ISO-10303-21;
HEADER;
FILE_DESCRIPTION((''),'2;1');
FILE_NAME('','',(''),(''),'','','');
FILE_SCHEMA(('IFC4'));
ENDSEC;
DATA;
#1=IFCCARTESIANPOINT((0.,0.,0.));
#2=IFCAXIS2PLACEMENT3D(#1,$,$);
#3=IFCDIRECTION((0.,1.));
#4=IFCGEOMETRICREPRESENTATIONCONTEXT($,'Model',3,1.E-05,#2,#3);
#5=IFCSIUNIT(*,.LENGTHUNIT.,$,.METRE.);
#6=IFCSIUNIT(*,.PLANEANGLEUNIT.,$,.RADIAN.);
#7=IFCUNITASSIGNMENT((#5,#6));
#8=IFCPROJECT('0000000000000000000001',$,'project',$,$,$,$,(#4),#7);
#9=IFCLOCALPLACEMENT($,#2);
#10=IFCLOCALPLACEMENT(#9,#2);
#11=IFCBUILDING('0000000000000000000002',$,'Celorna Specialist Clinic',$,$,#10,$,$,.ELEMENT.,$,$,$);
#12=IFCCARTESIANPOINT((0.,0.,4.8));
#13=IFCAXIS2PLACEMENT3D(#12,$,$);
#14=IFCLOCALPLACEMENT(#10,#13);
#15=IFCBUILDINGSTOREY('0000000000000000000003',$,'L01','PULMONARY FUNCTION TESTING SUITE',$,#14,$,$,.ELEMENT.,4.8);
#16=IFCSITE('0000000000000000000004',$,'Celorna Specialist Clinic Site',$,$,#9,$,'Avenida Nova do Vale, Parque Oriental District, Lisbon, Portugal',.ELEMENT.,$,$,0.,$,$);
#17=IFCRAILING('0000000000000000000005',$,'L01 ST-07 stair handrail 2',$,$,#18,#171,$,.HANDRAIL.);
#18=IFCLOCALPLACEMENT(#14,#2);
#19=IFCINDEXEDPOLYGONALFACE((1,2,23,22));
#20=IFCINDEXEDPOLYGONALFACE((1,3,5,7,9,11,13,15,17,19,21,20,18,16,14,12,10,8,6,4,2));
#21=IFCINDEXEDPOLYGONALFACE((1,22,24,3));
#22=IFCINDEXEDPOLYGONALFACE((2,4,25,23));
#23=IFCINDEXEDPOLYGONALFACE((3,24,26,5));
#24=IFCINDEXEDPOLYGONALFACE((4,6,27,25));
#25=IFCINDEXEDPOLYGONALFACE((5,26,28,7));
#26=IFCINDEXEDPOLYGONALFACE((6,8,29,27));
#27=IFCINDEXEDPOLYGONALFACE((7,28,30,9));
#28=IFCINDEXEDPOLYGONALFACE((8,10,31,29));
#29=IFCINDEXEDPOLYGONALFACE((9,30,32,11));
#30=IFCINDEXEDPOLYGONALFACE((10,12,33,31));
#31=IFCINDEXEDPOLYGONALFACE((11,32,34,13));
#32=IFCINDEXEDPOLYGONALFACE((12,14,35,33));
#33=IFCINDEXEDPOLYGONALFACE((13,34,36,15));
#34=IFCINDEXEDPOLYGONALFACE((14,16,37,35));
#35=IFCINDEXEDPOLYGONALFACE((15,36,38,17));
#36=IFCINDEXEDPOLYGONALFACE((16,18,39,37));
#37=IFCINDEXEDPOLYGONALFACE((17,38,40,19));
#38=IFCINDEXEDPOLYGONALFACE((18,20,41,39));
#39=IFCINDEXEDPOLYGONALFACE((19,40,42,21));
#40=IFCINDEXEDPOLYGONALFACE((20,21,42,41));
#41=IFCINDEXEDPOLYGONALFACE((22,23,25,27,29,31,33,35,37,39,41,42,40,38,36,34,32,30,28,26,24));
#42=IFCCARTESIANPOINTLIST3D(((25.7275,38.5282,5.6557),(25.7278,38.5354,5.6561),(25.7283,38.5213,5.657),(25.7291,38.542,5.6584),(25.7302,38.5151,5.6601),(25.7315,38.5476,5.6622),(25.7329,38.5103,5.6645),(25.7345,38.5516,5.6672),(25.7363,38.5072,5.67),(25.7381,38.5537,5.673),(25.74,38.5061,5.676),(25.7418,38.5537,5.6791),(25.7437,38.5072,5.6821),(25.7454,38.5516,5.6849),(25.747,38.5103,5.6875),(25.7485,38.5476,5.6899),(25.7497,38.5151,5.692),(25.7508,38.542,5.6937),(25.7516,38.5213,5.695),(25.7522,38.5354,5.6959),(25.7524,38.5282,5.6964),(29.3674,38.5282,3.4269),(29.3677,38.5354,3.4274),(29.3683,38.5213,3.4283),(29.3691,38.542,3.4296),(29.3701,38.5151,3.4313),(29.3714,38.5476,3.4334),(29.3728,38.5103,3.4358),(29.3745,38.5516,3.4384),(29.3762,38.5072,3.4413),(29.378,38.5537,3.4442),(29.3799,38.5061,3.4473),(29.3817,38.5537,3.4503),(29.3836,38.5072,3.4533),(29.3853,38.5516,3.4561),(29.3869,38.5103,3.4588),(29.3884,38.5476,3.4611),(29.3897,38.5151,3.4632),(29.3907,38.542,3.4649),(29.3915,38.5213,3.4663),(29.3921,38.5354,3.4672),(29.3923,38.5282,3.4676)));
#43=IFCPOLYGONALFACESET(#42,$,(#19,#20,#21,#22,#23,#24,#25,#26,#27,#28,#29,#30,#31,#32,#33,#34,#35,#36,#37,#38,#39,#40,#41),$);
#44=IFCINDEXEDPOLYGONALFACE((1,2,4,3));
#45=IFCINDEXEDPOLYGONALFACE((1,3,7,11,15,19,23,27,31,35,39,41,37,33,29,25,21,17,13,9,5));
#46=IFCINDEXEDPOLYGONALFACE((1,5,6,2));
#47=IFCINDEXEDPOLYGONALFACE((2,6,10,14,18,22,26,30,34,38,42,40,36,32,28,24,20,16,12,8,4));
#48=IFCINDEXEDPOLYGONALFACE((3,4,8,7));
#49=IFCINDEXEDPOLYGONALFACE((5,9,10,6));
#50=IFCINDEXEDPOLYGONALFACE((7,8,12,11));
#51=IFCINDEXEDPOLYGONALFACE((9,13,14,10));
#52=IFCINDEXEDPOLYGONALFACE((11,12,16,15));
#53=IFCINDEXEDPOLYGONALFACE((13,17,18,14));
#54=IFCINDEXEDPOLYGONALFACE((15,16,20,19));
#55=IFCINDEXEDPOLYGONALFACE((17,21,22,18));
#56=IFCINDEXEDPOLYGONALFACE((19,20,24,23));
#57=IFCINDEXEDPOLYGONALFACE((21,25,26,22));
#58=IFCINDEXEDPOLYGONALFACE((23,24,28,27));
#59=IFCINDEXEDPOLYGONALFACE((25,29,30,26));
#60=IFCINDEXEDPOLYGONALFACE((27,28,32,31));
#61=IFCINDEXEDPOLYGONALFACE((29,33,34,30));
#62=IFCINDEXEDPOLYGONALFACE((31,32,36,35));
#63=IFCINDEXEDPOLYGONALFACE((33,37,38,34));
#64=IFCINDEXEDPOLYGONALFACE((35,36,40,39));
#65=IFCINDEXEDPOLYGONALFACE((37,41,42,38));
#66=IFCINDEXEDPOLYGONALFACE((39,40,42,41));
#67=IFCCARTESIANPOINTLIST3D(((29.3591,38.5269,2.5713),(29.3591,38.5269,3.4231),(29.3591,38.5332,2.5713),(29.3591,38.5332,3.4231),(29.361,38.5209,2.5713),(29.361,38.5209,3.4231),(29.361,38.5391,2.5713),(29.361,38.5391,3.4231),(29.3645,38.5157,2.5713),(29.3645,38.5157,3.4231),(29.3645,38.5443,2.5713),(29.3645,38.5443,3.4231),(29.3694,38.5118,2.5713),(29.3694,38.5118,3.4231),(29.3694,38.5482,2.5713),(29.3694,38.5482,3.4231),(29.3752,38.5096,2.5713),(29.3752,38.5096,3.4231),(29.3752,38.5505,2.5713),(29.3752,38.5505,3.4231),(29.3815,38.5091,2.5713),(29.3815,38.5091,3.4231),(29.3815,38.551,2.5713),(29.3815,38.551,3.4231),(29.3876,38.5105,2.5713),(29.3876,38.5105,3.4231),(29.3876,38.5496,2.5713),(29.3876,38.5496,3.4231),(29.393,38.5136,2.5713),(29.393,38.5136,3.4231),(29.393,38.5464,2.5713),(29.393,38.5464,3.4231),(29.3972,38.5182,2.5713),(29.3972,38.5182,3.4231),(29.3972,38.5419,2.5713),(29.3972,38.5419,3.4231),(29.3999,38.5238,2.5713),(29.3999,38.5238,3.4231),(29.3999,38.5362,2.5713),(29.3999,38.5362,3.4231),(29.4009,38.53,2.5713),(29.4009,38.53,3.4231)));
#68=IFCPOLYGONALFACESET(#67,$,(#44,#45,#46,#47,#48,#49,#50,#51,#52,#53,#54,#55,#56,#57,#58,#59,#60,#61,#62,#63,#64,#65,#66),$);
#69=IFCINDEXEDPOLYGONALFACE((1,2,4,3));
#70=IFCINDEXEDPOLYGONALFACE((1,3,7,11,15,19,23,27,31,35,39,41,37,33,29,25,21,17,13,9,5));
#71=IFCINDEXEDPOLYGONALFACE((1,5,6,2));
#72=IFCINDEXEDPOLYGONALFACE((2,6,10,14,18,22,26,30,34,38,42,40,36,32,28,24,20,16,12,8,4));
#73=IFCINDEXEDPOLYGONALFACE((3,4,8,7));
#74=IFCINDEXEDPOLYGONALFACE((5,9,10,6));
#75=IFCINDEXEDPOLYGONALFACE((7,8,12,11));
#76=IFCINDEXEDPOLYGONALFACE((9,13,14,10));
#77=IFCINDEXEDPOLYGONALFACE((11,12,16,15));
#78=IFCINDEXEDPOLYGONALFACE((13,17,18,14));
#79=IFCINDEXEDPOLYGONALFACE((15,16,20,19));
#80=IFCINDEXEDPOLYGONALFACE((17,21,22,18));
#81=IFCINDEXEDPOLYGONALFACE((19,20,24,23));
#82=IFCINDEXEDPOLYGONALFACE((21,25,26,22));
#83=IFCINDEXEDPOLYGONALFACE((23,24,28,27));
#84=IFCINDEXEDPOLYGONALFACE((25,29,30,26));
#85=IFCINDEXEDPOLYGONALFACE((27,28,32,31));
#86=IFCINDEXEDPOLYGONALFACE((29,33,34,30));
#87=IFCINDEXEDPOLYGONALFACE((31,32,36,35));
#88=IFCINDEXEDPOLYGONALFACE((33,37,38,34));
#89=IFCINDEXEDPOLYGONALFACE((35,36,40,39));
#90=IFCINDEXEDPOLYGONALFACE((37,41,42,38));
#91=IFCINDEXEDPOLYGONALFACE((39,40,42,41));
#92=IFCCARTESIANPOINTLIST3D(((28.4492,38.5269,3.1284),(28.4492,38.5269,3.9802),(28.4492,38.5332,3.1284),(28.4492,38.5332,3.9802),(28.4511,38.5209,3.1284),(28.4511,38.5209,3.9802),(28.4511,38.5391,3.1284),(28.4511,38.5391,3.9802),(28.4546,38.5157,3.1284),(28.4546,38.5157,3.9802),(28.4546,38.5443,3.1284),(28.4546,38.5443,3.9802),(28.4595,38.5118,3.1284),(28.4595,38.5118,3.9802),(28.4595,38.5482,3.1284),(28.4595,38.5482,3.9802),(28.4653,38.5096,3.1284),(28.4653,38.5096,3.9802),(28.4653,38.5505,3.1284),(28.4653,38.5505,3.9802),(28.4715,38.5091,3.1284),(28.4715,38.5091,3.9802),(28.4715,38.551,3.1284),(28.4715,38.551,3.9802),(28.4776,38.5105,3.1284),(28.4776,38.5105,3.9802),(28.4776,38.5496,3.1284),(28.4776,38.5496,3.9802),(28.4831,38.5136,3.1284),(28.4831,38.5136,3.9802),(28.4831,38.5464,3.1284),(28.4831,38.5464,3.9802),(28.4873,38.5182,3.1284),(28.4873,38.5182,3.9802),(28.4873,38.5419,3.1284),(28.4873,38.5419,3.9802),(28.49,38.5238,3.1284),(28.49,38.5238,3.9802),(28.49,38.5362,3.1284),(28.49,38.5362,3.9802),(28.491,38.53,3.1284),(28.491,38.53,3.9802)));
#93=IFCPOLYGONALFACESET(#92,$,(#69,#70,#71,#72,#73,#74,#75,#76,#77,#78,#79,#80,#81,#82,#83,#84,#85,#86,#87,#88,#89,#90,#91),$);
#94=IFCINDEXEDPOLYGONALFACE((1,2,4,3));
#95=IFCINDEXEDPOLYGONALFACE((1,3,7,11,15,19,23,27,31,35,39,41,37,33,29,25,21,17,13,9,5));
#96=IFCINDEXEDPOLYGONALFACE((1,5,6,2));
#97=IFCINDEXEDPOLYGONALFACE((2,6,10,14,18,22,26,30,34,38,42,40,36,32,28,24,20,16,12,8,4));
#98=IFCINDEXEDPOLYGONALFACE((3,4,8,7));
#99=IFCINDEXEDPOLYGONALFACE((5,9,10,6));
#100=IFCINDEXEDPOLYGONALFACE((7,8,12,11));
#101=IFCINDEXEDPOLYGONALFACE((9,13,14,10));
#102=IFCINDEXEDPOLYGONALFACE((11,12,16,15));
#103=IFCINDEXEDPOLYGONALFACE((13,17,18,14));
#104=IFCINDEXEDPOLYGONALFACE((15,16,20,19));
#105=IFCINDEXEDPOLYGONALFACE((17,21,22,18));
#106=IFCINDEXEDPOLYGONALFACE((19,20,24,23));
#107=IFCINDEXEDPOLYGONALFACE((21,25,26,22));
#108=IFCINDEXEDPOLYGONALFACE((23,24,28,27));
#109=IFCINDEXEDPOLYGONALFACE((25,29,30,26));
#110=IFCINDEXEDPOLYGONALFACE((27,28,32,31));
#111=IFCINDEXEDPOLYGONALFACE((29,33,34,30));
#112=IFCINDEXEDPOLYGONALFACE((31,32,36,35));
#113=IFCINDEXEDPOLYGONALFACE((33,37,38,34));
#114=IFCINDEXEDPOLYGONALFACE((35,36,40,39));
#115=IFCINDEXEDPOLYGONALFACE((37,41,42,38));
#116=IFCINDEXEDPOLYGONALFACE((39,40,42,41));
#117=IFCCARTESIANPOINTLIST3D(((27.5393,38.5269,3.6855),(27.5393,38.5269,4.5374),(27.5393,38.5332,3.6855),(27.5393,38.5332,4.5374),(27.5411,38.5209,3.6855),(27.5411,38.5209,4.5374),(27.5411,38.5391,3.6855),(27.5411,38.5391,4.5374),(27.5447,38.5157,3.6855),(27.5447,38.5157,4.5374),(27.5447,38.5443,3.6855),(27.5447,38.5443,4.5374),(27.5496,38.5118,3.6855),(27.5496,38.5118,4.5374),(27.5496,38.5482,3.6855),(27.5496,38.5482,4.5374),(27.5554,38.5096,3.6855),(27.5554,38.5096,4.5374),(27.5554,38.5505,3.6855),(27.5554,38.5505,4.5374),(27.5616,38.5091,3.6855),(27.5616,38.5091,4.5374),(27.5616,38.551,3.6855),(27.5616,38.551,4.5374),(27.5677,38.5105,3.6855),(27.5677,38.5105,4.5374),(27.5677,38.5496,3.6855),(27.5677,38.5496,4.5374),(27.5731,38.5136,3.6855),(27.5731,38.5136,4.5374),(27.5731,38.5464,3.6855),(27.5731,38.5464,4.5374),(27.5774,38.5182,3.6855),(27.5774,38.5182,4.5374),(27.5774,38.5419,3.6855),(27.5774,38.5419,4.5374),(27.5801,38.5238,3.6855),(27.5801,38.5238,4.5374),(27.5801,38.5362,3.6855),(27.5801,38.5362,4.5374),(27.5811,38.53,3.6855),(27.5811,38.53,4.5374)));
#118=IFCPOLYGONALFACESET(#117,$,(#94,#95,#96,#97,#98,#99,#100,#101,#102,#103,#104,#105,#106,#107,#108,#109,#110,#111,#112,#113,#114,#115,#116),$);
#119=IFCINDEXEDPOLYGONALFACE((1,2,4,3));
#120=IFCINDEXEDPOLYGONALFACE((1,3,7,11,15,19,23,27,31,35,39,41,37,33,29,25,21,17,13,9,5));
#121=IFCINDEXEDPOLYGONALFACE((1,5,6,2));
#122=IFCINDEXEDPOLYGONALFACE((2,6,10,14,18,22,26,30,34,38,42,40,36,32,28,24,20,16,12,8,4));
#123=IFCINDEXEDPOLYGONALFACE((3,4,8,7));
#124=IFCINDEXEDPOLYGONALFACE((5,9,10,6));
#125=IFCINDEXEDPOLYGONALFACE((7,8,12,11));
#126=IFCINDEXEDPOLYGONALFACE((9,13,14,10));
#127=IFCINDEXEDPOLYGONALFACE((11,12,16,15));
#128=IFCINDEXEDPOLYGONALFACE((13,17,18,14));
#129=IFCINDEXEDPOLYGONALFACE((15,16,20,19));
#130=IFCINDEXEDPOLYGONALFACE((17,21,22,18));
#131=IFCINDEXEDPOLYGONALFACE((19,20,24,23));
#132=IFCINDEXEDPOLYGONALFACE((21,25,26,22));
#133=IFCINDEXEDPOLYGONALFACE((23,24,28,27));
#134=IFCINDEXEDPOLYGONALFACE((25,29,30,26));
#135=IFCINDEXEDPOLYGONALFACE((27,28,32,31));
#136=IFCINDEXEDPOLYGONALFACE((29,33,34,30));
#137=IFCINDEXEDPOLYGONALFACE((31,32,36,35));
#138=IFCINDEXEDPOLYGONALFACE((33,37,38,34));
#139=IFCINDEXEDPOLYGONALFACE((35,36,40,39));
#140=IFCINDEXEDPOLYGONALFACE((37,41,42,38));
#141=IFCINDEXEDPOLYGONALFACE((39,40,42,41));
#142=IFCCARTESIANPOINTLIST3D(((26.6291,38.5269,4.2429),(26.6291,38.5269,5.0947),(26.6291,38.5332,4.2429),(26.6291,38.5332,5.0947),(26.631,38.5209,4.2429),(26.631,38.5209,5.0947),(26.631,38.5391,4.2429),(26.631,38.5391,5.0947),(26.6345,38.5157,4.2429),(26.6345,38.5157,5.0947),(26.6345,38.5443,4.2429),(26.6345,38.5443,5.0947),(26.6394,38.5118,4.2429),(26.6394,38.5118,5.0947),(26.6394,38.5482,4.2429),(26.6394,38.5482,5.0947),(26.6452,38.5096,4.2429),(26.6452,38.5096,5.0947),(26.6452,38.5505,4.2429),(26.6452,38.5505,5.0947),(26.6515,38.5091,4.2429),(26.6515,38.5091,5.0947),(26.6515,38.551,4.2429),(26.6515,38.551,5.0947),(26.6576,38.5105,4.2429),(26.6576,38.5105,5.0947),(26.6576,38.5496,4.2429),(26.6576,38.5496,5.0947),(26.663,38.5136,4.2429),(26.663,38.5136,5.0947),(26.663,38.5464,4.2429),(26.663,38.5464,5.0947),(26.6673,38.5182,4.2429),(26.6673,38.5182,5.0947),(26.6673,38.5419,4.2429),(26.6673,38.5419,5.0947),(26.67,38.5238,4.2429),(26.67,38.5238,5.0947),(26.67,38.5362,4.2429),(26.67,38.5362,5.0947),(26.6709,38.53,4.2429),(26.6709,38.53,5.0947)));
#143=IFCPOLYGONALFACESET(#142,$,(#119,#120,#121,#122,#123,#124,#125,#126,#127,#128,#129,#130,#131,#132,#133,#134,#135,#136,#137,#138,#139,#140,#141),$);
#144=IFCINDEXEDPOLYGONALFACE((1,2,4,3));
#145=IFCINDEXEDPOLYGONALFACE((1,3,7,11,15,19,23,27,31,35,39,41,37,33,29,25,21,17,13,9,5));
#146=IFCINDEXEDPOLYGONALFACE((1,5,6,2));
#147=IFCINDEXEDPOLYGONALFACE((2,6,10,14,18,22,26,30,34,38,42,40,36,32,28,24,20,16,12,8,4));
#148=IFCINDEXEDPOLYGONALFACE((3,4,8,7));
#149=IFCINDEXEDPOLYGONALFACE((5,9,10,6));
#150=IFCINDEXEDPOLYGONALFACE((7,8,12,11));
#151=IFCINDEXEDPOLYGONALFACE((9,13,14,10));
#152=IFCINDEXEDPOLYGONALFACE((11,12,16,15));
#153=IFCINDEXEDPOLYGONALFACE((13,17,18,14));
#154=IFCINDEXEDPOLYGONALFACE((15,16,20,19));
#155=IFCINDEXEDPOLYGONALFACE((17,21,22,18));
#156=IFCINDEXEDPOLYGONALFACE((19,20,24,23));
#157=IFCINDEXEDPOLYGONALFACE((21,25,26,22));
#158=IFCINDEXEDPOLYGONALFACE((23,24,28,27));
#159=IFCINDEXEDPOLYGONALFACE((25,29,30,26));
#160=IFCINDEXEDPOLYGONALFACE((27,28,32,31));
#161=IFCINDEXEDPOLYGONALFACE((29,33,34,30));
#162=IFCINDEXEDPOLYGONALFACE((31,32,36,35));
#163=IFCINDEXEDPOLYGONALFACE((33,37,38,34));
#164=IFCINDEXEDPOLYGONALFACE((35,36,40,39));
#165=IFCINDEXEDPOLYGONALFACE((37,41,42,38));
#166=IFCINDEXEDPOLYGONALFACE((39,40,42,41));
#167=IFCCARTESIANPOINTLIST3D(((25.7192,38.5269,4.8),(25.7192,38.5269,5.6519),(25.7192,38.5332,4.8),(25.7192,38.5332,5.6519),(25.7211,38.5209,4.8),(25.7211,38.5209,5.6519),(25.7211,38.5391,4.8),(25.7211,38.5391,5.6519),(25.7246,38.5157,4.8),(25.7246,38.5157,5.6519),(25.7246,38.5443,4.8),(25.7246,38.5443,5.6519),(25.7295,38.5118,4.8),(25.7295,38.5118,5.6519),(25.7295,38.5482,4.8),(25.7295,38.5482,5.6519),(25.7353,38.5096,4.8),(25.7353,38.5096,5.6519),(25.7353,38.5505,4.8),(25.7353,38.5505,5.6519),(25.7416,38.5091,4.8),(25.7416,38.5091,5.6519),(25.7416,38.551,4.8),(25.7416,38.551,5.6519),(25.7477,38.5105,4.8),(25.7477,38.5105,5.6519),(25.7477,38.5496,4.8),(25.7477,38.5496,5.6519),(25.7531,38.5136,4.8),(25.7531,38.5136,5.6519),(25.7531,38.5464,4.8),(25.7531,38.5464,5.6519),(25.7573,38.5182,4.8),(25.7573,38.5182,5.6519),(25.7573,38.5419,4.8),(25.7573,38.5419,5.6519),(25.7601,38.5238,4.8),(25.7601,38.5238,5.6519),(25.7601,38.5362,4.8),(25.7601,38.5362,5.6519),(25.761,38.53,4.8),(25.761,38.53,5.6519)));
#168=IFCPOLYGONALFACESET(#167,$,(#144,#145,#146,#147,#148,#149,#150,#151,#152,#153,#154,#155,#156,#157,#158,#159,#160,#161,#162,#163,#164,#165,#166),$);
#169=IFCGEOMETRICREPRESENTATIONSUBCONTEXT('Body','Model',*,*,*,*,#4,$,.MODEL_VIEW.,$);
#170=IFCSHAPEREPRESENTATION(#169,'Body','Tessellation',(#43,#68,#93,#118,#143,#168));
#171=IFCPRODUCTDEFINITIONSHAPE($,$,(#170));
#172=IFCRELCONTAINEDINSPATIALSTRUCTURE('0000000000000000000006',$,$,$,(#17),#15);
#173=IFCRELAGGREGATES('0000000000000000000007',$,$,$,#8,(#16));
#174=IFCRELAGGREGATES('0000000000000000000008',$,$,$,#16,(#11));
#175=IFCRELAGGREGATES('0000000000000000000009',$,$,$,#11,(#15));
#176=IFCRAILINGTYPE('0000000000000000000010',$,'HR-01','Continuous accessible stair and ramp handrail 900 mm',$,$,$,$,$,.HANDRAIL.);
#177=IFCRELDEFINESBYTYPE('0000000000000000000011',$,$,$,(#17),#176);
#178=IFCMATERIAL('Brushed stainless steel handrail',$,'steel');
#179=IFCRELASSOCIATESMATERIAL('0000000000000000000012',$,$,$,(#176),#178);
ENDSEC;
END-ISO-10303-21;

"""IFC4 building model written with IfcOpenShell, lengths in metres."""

from ifc_helpers import new_model, si_unit, direction, frame, origin, origin_2d, place, context, subcontext, project, spatial, circle, extrude, material, type_object, element, save


model = new_model("IFC4")

# Units and contexts
model_context = context("Model", 3, precision=1e-05, world=origin(), true_north=direction((0.0, 1.0)))
body_context = subcontext(model_context, "Body", "Model", "MODEL_VIEW")
ifc_project = project(units=[si_unit("LENGTHUNIT", "METRE"), si_unit("PLANEANGLEUNIT", "RADIAN")], contexts=[model_context])

# Site, building, storey
site_placement = place(None, origin())
site = spatial("IfcSite", under=ifc_project, at=site_placement, Name="Celorna Specialist Clinic Site", LongName="Avenida Nova do Vale, Parque Oriental District, Lisbon, Portugal", CompositionType="ELEMENT", RefElevation=0.0)
building_placement = place(site_placement, origin())
building = spatial("IfcBuilding", under=site, at=building_placement, Name="Celorna Specialist Clinic", CompositionType="ELEMENT")
storey_placement = place(building_placement, frame((0.0, 0.0, 4.8)))
storey = spatial("IfcBuildingStorey", under=building, at=storey_placement, Name="L01", Description="PULMONARY FUNCTION TESTING SUITE", CompositionType="ELEMENT", Elevation=4.8)

# Railing
ifc_material_1 = material(Name="Brushed stainless steel handrail", Category="steel")
railing_type_1 = type_object("IfcRailingType", Name="HR-01", Description="Continuous accessible stair and ramp handrail 900 mm", PredefinedType="HANDRAIL", material=ifc_material_1)
railing_1_placement = place(storey_placement, frame((29.3799, 38.53, 2.5713)))
element("IfcRailing", 1, at=railing_1_placement, inside=storey, type_object=railing_type_1, Name="L01 ST-07 stair handrail 2", PredefinedType="HANDRAIL", context=body_context, shape_type="SweptSolid", body=[
    extrude(circle(Radius=0.0239, at=origin_2d()), frame((0.0, 0.0, 0.876), z_axis=(-0.852825, 0.0, 0.522197), x_axis=(0.0, -1.0, 0.0)), (0.0, 0.0, 1.0), 4.2681),
    extrude(circle(Radius=0.021, at=origin_2d()), origin(), (0.0, 0.0, 1.0), 0.8518),
    extrude(circle(Radius=0.021, at=origin_2d()), frame((-0.9099, 0.0, 0.5571)), (0.0, 0.0, 1.0), 0.8518),
    extrude(circle(Radius=0.021, at=origin_2d()), frame((-1.8198, 0.0, 1.1143)), (0.0, 0.0, 1.0), 0.8518),
    extrude(circle(Radius=0.021, at=origin_2d()), frame((-2.73, 0.0, 1.6716)), (0.0, 0.0, 1.0), 0.8518),
    extrude(circle(Radius=0.021, at=origin_2d()), frame((-3.6399, 0.0, 2.2288)), (0.0, 0.0, 1.0), 0.8518),
])

save(model, "model.ifc")
